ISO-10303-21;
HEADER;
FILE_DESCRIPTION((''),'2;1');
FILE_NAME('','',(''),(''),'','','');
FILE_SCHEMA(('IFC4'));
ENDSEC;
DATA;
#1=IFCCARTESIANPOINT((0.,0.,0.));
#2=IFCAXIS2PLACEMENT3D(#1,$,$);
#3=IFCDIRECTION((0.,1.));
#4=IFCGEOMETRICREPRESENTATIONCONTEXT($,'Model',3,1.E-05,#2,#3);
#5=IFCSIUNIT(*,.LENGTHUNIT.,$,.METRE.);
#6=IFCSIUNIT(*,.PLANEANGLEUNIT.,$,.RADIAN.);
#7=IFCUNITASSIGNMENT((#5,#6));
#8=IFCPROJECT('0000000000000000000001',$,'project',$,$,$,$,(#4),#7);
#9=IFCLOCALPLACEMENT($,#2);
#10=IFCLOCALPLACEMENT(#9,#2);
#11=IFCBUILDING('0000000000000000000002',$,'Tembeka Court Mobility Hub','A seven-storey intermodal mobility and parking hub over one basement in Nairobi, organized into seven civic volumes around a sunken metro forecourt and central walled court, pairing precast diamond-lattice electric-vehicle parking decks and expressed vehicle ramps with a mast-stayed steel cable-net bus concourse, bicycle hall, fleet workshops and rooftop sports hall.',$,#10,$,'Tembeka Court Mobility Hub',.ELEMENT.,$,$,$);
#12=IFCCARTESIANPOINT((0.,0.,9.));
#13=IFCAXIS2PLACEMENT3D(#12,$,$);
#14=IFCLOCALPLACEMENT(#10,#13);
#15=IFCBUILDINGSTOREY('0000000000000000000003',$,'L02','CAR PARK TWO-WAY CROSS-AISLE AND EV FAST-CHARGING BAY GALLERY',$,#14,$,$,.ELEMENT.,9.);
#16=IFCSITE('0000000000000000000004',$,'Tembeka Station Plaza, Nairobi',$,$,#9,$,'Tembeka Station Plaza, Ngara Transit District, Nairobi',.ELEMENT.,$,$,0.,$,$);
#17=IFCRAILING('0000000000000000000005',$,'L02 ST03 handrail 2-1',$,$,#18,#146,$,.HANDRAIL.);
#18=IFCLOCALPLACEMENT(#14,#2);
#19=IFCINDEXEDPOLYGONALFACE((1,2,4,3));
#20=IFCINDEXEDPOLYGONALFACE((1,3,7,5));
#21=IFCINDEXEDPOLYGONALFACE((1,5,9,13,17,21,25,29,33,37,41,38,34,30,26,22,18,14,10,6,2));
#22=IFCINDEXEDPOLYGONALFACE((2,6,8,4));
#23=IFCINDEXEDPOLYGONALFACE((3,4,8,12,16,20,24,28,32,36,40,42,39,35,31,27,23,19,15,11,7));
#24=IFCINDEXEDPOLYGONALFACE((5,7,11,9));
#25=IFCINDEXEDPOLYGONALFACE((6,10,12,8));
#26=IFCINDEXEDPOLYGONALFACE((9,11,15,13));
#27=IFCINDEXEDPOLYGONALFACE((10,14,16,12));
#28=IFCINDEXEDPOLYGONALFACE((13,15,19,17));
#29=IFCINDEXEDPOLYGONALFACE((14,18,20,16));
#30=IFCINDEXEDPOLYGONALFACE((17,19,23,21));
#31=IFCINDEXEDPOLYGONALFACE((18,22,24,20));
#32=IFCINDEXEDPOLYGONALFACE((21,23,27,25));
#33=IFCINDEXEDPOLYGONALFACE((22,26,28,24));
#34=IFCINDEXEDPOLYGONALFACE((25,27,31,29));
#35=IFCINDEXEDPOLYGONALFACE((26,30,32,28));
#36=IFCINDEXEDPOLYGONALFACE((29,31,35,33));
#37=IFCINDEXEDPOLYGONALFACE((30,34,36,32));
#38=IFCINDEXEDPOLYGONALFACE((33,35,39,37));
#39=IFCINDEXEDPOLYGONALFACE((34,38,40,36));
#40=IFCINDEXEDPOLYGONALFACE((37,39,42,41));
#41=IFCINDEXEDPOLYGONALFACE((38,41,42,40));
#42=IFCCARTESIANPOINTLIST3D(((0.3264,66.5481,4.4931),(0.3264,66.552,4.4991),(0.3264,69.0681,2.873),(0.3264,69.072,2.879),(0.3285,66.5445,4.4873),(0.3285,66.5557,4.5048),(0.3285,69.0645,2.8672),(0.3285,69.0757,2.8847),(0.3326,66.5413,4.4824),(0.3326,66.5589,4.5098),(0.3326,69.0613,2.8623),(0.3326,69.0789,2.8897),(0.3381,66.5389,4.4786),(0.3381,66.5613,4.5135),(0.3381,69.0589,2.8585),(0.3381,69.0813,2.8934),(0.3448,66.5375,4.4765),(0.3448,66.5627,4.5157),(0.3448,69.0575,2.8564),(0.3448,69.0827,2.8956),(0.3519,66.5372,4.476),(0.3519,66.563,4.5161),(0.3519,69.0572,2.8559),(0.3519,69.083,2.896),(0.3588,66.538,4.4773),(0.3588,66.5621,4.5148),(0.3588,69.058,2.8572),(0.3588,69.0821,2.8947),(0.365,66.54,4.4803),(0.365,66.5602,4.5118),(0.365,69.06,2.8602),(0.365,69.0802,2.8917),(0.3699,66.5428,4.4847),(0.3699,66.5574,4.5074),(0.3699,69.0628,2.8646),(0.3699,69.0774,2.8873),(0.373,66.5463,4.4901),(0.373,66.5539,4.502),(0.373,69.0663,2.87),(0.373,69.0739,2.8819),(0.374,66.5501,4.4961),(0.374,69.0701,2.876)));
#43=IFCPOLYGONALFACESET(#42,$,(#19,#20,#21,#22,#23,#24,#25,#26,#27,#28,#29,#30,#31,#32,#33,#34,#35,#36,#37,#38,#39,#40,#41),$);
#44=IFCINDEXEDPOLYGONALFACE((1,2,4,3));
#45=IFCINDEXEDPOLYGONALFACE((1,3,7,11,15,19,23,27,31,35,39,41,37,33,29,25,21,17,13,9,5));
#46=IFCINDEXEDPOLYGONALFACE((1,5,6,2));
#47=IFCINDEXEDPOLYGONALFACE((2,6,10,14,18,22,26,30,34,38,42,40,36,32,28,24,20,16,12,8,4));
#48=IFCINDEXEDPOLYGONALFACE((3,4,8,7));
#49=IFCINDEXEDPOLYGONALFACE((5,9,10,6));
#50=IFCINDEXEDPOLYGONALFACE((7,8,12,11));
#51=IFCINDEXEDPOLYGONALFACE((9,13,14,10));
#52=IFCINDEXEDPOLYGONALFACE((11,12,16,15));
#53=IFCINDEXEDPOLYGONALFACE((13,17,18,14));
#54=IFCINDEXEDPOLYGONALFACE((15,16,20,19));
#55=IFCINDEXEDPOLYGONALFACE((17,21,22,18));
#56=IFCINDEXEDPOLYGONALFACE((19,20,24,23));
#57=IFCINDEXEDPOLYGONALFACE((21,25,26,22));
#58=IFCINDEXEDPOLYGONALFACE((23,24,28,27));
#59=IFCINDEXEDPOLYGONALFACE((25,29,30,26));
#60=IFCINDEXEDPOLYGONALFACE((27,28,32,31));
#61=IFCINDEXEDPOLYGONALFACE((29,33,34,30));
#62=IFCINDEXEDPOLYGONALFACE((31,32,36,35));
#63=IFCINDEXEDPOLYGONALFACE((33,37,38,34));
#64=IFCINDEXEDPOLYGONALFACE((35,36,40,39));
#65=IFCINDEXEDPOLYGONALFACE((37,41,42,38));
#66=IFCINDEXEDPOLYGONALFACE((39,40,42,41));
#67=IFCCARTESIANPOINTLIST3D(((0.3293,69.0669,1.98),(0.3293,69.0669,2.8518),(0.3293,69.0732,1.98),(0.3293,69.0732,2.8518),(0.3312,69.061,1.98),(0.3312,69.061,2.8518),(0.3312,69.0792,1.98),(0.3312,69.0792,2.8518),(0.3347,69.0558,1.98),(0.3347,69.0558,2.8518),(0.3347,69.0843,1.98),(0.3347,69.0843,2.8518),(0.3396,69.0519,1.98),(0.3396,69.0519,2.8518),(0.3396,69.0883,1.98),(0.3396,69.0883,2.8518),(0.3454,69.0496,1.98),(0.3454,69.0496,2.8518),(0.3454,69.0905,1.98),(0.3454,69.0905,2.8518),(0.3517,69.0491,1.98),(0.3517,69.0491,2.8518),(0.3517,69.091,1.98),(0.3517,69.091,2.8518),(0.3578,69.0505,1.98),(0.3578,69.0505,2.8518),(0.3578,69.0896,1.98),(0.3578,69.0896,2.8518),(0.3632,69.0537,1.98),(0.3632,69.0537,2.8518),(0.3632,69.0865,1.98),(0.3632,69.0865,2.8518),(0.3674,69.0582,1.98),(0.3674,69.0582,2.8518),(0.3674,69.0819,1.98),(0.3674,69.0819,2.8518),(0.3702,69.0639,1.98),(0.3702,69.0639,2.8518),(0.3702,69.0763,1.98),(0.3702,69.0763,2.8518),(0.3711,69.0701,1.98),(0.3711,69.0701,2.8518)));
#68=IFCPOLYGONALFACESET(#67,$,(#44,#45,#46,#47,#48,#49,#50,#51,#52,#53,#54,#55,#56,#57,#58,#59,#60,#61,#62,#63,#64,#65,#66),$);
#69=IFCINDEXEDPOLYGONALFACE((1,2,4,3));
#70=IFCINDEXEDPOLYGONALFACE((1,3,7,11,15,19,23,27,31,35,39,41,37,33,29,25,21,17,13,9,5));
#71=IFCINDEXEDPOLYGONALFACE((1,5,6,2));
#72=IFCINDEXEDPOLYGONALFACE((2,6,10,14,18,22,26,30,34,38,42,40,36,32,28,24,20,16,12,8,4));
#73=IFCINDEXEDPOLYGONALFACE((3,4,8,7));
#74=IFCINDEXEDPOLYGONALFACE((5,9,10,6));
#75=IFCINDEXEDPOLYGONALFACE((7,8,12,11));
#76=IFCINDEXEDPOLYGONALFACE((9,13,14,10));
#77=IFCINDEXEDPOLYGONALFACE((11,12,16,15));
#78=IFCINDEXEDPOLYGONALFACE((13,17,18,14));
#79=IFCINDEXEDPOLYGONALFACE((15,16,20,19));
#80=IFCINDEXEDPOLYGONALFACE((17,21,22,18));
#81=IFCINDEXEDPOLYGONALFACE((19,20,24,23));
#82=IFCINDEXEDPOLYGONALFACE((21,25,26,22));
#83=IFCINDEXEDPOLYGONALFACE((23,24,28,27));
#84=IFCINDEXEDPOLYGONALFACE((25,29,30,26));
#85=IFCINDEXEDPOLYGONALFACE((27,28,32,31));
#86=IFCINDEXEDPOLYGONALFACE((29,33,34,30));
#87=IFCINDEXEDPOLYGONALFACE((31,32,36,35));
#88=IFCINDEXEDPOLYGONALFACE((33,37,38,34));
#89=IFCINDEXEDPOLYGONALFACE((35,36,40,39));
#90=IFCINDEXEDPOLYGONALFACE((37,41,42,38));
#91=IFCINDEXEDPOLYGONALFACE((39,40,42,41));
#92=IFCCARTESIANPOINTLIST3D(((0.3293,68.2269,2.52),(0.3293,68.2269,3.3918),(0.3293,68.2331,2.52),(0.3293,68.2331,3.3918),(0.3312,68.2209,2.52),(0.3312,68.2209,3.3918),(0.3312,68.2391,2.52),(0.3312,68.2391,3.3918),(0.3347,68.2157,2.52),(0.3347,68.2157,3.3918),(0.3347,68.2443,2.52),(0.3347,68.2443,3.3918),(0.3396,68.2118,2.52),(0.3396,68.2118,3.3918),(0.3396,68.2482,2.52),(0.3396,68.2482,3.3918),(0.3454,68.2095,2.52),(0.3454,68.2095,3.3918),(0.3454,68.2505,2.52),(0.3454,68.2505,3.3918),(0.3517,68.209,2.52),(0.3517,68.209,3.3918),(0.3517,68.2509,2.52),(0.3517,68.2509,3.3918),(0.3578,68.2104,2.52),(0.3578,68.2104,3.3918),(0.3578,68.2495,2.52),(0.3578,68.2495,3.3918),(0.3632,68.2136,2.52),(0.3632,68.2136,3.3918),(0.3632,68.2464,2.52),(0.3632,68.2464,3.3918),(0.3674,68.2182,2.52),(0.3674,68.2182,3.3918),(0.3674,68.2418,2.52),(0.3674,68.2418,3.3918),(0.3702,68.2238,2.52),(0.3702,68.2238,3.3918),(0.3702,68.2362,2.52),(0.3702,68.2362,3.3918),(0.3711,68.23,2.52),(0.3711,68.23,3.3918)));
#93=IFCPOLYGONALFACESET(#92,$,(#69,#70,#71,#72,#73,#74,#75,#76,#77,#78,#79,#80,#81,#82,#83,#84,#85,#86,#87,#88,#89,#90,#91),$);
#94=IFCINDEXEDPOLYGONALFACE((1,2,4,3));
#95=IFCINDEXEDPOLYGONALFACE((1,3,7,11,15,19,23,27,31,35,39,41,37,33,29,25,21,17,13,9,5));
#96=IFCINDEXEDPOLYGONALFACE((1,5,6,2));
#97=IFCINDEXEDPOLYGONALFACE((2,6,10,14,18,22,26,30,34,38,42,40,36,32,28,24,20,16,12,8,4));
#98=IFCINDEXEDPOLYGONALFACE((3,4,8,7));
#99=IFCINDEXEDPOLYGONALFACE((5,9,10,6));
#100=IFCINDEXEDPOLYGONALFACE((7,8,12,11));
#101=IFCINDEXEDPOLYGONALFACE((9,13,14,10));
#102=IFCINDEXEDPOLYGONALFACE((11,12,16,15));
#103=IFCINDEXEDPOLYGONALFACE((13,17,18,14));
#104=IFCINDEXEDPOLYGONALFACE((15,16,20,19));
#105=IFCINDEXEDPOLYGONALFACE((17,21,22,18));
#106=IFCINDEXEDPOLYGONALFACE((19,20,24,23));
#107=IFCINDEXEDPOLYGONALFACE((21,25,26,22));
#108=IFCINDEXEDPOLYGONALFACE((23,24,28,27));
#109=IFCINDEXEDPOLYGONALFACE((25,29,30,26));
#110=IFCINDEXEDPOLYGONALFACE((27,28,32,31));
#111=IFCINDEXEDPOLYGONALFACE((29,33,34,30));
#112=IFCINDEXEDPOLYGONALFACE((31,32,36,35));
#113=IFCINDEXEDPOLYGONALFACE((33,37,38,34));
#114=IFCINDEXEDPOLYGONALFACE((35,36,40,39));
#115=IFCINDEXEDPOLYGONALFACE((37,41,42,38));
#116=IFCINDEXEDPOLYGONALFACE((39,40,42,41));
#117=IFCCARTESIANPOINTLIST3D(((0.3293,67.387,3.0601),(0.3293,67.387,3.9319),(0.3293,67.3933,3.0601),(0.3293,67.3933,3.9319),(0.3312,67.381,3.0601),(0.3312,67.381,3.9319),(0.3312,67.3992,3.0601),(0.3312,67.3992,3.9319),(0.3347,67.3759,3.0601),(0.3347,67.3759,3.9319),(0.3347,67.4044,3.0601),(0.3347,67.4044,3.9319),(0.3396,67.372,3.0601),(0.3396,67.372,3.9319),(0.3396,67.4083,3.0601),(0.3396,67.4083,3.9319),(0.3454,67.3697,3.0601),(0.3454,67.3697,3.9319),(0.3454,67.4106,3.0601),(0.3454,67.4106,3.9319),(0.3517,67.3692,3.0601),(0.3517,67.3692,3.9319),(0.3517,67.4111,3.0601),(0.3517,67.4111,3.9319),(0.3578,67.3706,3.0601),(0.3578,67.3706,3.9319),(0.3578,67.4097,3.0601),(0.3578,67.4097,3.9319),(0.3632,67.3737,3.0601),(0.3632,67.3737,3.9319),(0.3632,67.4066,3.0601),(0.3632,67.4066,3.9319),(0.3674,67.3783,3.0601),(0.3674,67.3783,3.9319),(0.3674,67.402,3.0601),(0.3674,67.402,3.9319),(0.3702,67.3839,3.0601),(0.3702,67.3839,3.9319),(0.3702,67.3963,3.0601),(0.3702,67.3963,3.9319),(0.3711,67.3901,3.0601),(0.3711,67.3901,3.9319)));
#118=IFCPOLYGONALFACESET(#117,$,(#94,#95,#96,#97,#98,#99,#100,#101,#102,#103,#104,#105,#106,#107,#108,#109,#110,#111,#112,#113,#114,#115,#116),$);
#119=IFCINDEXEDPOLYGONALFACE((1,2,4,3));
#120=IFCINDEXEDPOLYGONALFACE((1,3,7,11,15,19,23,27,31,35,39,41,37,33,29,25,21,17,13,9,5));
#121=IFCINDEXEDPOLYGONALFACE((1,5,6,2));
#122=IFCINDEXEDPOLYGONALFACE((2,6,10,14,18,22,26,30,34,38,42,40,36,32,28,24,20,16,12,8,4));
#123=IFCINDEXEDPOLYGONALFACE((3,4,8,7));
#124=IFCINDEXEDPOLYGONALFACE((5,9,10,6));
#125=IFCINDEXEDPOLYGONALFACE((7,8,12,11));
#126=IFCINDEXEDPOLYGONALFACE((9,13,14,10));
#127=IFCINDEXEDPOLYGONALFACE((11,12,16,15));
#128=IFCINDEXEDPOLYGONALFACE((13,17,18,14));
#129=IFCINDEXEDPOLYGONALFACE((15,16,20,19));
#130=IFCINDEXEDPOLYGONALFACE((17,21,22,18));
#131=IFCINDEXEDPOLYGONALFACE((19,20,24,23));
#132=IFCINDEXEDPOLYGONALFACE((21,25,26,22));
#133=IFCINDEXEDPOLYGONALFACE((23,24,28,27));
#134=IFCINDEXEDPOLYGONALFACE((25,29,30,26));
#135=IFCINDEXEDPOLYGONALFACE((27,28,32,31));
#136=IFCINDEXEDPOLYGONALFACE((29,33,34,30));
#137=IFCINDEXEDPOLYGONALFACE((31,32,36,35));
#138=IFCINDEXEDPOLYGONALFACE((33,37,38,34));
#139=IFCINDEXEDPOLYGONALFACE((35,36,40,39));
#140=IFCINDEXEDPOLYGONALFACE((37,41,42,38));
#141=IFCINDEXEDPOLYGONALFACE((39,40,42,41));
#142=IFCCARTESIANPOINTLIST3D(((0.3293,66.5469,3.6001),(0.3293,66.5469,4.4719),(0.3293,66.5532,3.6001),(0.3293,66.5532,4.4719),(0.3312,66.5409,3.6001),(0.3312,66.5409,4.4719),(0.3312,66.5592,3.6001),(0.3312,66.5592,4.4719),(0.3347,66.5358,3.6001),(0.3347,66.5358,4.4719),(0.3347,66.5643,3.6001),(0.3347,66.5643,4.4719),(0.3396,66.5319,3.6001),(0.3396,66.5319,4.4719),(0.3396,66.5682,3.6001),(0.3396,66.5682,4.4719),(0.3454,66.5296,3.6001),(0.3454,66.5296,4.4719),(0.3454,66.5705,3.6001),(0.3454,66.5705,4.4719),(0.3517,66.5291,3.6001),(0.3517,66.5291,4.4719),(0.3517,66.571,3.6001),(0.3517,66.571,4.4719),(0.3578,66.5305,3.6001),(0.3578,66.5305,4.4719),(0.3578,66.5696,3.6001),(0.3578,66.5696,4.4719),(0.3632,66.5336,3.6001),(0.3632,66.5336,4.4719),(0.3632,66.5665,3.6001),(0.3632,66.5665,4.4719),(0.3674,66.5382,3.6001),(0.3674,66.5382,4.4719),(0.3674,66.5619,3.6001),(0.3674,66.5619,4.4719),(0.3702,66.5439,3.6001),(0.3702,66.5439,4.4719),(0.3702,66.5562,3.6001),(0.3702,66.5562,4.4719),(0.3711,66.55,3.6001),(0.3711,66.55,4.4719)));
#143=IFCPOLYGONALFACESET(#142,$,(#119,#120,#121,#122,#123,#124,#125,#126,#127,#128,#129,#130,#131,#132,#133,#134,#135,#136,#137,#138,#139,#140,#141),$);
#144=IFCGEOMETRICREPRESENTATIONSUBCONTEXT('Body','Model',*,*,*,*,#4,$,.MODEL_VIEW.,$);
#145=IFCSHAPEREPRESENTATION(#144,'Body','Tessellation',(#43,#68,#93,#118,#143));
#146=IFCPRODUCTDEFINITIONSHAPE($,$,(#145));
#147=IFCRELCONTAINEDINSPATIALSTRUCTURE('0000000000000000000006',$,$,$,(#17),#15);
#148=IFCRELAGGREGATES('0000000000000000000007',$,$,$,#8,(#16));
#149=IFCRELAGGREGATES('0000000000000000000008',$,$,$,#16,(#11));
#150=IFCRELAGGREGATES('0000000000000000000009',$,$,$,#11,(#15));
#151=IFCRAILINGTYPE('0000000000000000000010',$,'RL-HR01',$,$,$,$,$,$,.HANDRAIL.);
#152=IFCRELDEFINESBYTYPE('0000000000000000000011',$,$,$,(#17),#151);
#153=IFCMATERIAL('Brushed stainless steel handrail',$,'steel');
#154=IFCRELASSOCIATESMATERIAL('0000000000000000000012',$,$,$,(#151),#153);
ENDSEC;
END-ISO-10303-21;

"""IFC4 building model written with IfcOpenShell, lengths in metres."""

from ifc_helpers import new_model, si_unit, direction, frame, origin, origin_2d, place, context, subcontext, project, spatial, circle, extrude, material, type_object, element, save


model = new_model("IFC4")

# Units and contexts
model_context = context("Model", 3, precision=1e-05, world=origin(), true_north=direction((0.0, 1.0)))
body_context = subcontext(model_context, "Body", "Model", "MODEL_VIEW")
ifc_project = project(units=[si_unit("LENGTHUNIT", "METRE"), si_unit("PLANEANGLEUNIT", "RADIAN")], contexts=[model_context])

# Site, building, storey
site_placement = place(None, origin())
site = spatial("IfcSite", under=ifc_project, at=site_placement, Name="Tembeka Station Plaza, Nairobi", LongName="Tembeka Station Plaza, Ngara Transit District, Nairobi", CompositionType="ELEMENT", RefElevation=0.0)
building_placement = place(site_placement, origin())
building = spatial("IfcBuilding", under=site, at=building_placement, Name="Tembeka Court Mobility Hub", Description="A seven-storey intermodal mobility and parking hub over one basement in Nairobi, organized into seven civic volumes around a sunken metro forecourt and central walled court, pairing precast diamond-lattice electric-vehicle parking decks and expressed vehicle ramps with a mast-stayed steel cable-net bus concourse, bicycle hall, fleet workshops and rooftop sports hall.", LongName="Tembeka Court Mobility Hub", CompositionType="ELEMENT")
storey_placement = place(building_placement, frame((0.0, 0.0, 9.0)))
storey = spatial("IfcBuildingStorey", under=building, at=storey_placement, Name="L02", Description="CAR PARK TWO-WAY CROSS-AISLE AND EV FAST-CHARGING BAY GALLERY", CompositionType="ELEMENT", Elevation=9.0)

# Railing
ifc_material_1 = material(Name="Brushed stainless steel handrail", Category="steel")
railing_type_1 = type_object("IfcRailingType", Name="RL-HR01", PredefinedType="HANDRAIL", material=ifc_material_1)
railing_1_placement = place(storey_placement, frame((0.3501, 69.0701, 1.98)))
element("IfcRailing", 1, at=railing_1_placement, inside=storey, type_object=railing_type_1, Name="L02 ST03 handrail 2-1", PredefinedType="HANDRAIL", context=body_context, shape_type="SweptSolid", body=[
    extrude(circle(Radius=0.0239, at=origin_2d()), frame((0.0, 0.0, 0.896), z_axis=(0.0, -0.841163, 0.540782), x_axis=(1.0, 0.0, 0.0)), (0.0, 0.0, 1.0), 2.9958),
    extrude(circle(Radius=0.021, at=origin_2d()), origin(), (0.0, 0.0, 1.0), 0.8718),
    extrude(circle(Radius=0.021, at=origin_2d()), frame((0.0, -0.8401, 0.54)), (0.0, 0.0, 1.0), 0.8718),
    extrude(circle(Radius=0.021, at=origin_2d()), frame((0.0, -1.6799, 1.0801)), (0.0, 0.0, 1.0), 0.8718),
    extrude(circle(Radius=0.021, at=origin_2d()), frame((0.0, -2.52, 1.6201)), (0.0, 0.0, 1.0), 0.8718),
])

save(model, "model.ifc")
